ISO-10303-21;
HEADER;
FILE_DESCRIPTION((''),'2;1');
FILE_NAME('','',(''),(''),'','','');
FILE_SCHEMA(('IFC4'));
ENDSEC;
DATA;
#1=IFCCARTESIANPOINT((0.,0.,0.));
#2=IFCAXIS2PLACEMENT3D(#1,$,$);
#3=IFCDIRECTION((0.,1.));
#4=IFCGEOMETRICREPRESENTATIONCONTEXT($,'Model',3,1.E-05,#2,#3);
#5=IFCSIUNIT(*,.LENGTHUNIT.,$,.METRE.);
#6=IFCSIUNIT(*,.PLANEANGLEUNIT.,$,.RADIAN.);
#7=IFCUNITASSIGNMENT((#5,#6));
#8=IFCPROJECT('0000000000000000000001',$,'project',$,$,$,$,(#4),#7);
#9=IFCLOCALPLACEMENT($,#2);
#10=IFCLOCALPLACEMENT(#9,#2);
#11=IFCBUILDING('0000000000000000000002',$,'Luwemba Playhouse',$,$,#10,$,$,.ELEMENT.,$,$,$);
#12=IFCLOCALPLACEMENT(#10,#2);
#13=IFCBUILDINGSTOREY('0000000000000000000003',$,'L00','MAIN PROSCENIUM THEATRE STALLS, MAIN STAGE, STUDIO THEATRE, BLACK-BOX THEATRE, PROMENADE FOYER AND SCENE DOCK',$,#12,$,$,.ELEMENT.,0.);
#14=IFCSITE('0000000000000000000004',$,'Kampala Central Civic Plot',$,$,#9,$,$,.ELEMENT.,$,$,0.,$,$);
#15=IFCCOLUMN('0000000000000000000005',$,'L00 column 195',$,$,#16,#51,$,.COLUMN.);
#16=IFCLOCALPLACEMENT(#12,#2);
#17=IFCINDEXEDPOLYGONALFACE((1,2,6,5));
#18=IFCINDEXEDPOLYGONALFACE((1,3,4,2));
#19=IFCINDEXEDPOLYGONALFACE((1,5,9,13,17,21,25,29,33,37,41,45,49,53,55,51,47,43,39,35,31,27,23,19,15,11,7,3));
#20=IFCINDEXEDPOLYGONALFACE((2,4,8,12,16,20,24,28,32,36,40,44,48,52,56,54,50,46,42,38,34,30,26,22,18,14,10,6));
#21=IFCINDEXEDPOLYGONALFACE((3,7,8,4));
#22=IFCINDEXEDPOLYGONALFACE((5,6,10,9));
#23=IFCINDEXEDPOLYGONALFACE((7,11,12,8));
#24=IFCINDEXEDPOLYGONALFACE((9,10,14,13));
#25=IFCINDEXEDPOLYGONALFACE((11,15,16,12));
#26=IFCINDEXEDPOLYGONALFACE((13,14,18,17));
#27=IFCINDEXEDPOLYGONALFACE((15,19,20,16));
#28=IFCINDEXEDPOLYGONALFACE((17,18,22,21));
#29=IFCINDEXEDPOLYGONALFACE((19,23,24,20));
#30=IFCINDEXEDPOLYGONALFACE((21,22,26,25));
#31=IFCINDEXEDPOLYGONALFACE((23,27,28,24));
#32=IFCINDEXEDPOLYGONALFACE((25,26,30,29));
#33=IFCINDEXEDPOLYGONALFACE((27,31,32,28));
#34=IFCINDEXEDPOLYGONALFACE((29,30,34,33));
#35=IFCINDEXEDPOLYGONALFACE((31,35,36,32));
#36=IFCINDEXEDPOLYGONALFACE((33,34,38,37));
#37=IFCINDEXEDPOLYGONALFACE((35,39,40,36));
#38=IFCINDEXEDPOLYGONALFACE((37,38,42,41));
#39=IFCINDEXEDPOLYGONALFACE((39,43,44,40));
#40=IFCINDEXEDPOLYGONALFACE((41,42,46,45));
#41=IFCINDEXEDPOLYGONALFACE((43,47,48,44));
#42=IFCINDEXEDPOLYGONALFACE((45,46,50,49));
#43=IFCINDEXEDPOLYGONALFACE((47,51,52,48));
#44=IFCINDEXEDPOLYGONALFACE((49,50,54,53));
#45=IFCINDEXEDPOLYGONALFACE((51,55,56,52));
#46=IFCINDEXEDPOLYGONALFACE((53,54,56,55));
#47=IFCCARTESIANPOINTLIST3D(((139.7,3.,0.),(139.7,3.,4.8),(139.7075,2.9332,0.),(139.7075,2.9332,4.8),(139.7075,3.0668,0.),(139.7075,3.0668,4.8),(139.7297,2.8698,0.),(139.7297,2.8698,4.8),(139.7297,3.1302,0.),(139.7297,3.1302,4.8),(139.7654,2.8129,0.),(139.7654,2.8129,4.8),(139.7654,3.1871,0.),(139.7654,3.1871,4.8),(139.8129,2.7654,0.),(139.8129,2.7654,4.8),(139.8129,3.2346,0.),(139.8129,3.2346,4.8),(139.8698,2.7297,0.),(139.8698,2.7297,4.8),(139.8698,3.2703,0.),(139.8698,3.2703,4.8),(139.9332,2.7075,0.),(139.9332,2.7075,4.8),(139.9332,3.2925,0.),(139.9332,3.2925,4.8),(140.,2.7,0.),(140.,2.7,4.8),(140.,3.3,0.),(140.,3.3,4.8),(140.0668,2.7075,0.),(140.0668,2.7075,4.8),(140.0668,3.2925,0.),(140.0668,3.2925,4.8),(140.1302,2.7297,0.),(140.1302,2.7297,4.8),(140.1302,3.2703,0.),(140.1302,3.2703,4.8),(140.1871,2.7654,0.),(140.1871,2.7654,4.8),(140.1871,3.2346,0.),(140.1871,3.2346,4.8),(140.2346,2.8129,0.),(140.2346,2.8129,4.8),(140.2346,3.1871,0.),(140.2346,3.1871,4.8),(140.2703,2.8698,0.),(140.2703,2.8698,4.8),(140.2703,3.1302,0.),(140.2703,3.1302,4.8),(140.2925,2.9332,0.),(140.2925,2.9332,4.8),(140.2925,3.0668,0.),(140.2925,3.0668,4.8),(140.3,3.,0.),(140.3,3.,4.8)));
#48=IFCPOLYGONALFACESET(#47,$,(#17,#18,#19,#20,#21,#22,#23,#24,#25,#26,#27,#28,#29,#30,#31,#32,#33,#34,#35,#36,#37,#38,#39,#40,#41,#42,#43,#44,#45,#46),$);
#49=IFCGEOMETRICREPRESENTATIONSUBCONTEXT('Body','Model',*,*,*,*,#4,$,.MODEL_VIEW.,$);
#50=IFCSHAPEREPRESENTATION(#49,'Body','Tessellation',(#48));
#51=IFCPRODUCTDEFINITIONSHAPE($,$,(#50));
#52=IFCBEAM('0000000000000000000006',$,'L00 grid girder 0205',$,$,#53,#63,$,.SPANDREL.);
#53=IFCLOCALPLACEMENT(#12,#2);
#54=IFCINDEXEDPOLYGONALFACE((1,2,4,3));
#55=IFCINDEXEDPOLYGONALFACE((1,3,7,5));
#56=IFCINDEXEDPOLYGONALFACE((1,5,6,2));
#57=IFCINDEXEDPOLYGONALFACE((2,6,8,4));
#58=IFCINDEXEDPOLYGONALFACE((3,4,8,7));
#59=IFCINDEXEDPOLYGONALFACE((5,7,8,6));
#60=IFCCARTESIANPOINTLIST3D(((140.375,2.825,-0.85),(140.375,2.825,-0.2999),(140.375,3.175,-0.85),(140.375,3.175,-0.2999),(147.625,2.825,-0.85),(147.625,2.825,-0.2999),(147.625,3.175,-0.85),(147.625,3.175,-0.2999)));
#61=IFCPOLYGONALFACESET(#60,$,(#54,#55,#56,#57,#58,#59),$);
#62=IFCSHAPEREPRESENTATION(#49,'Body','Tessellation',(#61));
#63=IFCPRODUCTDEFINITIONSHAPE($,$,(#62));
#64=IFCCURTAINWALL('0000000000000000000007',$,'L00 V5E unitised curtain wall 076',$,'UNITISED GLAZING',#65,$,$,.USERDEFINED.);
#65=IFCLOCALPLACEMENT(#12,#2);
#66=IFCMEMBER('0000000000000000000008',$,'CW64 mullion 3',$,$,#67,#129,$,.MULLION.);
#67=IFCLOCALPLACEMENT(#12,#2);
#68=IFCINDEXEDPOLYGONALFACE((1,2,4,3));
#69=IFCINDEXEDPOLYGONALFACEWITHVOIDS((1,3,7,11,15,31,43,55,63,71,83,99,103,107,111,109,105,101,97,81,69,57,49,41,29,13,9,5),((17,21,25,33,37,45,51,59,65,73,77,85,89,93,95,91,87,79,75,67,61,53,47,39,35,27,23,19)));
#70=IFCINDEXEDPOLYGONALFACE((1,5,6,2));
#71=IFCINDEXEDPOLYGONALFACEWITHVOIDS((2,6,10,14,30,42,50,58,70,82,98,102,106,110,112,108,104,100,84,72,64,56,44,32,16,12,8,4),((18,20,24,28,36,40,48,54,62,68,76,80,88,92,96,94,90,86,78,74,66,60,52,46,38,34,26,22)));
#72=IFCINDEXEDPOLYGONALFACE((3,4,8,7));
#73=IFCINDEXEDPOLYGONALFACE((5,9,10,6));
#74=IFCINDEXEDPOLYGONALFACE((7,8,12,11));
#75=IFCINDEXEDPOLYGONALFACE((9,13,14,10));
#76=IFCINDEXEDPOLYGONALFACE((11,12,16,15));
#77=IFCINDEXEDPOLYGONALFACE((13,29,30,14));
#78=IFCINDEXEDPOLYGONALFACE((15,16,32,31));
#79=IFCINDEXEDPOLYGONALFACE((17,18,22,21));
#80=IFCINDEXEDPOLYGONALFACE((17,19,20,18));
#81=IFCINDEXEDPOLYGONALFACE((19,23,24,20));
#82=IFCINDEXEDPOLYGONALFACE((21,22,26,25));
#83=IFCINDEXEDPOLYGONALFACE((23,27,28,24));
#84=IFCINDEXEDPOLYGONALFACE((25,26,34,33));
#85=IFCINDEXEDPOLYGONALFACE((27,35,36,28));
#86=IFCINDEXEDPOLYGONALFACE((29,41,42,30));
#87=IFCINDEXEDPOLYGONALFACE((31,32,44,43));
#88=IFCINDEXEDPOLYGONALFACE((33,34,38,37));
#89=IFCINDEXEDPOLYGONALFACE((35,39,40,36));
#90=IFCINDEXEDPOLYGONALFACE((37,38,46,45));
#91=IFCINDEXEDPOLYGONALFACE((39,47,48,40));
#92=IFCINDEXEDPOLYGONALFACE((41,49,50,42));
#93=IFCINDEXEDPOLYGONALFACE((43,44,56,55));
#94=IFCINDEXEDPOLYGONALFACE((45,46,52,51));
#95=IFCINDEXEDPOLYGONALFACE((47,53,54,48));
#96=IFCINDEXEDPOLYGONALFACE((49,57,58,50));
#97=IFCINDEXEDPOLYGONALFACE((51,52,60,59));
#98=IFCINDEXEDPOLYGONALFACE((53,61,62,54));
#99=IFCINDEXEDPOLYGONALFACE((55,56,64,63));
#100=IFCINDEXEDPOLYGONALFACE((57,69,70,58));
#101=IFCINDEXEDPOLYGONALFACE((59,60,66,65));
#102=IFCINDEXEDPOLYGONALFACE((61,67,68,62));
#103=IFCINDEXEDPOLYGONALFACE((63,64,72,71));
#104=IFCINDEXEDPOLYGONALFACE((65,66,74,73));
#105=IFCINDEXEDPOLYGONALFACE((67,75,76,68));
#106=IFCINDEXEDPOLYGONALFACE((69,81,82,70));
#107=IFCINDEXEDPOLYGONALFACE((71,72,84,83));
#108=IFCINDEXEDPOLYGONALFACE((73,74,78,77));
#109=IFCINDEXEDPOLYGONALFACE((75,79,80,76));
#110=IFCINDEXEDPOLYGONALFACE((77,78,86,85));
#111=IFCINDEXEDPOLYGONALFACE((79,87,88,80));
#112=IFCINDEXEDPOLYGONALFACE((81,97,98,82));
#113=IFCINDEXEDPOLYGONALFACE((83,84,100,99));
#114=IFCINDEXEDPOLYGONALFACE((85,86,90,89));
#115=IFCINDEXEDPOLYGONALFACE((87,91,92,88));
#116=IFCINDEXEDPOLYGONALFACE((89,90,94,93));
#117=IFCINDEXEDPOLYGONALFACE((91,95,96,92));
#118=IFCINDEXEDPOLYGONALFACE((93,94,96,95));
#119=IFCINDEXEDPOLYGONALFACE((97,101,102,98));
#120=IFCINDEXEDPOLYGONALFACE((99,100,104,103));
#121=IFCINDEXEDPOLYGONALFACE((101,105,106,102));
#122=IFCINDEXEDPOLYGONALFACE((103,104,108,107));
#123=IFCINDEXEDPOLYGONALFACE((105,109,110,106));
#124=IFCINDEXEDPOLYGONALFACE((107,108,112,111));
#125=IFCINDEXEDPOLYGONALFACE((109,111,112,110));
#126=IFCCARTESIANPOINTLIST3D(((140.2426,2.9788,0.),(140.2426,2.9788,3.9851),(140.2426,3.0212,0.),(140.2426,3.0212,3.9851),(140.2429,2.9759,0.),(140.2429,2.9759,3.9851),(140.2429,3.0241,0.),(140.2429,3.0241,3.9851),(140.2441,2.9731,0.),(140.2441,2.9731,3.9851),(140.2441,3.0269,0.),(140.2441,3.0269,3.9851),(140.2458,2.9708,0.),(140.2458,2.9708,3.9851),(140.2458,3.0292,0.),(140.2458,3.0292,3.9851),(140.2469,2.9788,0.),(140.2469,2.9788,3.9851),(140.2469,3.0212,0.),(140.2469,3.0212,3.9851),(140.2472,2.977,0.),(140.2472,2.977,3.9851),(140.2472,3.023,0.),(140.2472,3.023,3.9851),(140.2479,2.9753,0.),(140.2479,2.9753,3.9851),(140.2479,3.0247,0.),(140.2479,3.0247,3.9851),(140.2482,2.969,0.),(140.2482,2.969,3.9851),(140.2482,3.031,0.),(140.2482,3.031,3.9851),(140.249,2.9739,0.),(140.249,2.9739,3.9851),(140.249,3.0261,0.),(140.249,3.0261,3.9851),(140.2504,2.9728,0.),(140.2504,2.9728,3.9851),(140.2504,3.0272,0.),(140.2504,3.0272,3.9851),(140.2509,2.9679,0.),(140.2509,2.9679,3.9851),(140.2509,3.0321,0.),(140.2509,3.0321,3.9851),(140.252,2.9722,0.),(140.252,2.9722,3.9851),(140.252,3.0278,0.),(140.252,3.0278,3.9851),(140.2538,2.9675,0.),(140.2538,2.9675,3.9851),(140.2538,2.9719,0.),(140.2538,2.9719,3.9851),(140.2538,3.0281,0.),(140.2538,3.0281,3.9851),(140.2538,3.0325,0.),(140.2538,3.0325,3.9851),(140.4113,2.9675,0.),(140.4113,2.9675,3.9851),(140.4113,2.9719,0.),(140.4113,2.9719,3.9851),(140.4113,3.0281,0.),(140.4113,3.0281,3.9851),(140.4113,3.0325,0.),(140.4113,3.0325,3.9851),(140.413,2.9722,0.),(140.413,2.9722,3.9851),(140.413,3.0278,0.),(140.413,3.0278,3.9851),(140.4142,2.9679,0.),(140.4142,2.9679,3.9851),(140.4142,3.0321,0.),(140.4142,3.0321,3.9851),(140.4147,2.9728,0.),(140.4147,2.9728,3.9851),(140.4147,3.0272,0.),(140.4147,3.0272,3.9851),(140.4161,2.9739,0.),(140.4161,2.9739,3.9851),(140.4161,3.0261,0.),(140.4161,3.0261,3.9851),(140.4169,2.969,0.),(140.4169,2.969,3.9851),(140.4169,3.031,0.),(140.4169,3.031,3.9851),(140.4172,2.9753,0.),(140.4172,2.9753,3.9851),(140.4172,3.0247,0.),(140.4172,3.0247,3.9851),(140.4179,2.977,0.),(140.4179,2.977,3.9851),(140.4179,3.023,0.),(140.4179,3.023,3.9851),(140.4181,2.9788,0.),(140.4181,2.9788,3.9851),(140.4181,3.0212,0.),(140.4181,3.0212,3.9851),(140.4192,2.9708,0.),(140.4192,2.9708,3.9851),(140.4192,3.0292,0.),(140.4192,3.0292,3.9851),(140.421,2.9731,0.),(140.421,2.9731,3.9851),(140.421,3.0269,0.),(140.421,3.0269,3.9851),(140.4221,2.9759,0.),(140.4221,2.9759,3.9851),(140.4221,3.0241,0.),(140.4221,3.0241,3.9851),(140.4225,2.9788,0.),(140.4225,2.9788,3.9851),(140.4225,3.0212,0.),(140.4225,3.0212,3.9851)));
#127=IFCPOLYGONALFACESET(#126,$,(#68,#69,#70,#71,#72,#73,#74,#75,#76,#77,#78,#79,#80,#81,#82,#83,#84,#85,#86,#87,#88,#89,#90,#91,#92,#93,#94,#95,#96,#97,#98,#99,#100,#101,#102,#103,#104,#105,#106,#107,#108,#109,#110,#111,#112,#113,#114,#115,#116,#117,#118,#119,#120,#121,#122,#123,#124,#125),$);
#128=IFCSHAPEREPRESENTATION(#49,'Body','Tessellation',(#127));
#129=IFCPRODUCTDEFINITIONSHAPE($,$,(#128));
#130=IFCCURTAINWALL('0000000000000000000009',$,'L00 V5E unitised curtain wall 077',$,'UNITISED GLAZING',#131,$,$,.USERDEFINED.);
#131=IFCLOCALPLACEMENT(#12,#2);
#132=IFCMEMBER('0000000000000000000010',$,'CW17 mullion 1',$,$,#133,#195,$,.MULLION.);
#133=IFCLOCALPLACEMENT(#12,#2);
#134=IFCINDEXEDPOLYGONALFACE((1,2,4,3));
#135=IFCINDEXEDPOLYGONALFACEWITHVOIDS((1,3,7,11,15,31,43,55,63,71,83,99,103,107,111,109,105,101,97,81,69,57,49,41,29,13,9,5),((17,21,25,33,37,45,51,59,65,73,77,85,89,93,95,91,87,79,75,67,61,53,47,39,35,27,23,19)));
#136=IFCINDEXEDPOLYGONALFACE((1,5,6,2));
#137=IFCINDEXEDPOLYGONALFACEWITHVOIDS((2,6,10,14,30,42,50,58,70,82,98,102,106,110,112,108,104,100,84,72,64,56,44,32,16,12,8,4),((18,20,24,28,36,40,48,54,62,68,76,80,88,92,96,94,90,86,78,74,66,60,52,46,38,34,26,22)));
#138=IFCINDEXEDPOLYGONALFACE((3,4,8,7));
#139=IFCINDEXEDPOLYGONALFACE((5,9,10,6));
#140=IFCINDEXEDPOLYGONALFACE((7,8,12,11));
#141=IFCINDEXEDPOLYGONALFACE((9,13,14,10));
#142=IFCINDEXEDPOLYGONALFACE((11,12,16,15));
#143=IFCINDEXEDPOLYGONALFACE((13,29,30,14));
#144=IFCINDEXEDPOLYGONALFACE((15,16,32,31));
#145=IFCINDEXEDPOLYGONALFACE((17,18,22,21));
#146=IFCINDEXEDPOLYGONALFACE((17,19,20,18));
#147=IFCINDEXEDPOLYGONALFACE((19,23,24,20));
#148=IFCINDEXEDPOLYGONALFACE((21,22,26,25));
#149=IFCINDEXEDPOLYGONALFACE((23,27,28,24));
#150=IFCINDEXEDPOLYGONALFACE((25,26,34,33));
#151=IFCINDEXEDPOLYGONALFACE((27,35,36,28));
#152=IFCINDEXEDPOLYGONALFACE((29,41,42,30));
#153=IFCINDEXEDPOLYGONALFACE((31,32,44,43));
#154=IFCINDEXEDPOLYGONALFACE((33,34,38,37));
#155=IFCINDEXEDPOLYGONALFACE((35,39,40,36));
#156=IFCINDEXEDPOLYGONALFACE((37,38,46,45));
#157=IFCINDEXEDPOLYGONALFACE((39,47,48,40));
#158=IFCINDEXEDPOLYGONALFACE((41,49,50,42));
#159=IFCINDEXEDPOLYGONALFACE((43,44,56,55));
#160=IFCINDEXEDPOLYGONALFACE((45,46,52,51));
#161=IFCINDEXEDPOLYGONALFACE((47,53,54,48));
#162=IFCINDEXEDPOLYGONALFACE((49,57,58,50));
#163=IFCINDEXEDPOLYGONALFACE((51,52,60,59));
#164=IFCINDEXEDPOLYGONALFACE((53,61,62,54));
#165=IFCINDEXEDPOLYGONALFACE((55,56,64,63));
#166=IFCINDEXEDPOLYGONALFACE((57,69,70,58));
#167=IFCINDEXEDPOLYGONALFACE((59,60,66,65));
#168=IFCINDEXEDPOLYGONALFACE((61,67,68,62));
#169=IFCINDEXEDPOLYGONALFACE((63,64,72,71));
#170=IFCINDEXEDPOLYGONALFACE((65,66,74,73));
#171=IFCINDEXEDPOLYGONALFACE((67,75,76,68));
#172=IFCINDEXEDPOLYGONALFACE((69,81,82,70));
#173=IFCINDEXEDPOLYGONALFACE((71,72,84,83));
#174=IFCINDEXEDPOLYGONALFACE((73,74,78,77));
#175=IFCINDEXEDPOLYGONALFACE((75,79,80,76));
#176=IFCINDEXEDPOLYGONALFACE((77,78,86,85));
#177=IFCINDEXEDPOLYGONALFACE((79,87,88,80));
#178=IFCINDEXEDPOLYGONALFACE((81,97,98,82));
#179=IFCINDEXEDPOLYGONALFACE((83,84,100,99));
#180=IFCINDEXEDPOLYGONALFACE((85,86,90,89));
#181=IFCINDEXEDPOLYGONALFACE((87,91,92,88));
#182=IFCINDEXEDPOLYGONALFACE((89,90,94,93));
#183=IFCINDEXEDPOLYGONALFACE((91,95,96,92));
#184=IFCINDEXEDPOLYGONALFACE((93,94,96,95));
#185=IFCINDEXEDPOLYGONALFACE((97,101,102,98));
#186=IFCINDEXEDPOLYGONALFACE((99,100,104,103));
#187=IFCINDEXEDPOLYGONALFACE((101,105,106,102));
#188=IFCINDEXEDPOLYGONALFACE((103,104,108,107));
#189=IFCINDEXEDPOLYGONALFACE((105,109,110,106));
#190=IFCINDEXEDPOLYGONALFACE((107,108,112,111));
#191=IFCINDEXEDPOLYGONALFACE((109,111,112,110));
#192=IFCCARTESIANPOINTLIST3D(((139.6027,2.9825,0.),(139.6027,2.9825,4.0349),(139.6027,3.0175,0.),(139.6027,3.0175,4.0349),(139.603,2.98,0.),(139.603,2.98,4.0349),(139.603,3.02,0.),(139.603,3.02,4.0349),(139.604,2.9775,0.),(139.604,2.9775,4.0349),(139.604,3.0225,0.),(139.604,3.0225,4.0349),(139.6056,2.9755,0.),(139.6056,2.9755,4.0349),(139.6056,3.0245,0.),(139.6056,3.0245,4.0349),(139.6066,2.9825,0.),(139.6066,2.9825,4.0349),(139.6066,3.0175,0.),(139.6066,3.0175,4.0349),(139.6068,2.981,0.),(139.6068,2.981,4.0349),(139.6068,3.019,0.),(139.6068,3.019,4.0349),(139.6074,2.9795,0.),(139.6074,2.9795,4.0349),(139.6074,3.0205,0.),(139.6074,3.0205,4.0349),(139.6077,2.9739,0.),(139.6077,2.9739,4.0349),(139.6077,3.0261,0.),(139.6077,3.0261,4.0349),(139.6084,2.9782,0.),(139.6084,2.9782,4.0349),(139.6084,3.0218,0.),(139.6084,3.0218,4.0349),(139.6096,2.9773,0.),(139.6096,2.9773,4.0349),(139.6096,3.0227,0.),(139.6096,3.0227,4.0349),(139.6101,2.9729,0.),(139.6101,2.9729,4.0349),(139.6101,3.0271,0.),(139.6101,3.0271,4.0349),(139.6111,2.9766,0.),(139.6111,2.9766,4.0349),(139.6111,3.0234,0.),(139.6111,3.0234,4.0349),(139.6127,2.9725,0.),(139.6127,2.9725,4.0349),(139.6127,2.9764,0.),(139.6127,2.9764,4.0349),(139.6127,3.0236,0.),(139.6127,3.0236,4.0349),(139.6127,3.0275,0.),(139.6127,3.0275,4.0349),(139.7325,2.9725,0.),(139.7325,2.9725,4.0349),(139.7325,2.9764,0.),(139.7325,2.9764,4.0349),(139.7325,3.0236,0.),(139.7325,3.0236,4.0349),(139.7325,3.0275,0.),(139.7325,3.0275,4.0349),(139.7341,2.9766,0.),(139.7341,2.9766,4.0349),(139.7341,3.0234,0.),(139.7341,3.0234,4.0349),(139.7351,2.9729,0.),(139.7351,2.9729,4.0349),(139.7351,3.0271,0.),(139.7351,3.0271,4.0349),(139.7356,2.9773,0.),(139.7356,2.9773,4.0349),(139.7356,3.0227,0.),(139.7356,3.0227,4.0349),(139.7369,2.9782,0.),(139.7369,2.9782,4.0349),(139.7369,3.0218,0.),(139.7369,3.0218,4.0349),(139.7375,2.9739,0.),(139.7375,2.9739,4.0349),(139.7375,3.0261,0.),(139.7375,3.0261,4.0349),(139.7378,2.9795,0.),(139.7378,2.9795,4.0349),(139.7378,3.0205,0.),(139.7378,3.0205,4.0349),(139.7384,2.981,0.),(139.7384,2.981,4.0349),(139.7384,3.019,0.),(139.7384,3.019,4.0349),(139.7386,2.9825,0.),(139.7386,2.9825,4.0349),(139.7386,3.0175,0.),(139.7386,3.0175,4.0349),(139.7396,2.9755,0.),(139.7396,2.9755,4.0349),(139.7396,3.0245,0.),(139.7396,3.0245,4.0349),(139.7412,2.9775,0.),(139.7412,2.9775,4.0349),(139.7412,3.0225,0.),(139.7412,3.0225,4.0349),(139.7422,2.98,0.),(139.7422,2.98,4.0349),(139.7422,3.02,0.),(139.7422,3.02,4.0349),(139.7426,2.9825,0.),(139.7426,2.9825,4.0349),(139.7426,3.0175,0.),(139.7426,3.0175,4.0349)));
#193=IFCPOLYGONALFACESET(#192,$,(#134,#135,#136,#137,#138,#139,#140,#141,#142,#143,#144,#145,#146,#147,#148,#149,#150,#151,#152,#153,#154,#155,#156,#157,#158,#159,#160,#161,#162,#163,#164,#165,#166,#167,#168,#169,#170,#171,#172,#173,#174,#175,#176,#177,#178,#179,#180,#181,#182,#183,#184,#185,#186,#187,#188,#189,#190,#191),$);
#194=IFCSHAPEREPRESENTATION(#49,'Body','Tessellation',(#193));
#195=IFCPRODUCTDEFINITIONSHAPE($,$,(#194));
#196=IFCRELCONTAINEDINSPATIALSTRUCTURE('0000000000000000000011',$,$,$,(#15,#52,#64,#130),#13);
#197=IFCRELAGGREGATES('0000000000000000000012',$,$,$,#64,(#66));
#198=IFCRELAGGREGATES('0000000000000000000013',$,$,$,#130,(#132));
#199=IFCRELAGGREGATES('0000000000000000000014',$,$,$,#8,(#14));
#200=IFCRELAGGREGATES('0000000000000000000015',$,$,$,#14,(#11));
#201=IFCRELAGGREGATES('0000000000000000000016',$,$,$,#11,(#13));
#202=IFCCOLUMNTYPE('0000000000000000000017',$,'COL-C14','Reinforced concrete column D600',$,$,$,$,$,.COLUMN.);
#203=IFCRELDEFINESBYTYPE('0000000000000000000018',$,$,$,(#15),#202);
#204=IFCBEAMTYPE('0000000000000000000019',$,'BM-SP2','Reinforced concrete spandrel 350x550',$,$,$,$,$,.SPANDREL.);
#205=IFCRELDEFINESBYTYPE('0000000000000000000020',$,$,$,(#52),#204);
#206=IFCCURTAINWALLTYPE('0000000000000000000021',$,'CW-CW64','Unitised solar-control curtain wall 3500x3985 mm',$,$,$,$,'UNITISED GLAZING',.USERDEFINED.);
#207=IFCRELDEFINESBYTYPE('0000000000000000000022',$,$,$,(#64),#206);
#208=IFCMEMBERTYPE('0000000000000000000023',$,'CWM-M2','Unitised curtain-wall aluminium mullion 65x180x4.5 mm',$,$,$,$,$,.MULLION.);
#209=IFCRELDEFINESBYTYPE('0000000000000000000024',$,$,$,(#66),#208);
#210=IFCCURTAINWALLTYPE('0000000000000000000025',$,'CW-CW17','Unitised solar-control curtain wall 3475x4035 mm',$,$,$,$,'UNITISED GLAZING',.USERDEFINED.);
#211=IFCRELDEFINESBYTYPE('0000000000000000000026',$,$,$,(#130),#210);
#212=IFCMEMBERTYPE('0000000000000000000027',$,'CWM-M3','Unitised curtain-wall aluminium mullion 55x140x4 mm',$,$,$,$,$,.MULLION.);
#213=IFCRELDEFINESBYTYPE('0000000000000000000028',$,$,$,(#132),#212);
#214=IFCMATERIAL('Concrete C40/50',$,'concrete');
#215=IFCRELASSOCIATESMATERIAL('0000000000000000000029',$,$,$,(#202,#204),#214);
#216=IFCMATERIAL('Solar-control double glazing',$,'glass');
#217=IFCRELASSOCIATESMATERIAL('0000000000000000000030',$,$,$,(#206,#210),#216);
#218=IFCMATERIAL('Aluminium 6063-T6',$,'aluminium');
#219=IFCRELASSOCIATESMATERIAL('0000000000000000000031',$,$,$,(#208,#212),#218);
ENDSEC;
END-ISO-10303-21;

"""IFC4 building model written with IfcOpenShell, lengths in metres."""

from ifc_helpers import new_model, si_unit, direction, frame, origin, origin_2d, place, context, subcontext, project, spatial, rectangle, hollow_rectangle, circle, extrude, material, material_profile, profile_set, type_object, element, aggregate, save


model = new_model("IFC4")

# Units and contexts
model_context = context("Model", 3, precision=1e-05, world=origin(), true_north=direction((0.0, 1.0)))
body_context = subcontext(model_context, "Body", "Model", "MODEL_VIEW")
ifc_project = project(units=[si_unit("LENGTHUNIT", "METRE"), si_unit("PLANEANGLEUNIT", "RADIAN")], contexts=[model_context])

# Site, building, storey
site_placement = place(None, origin())
site = spatial("IfcSite", under=ifc_project, at=site_placement, Name="Kampala Central Civic Plot", CompositionType="ELEMENT", RefElevation=0.0)
building_placement = place(site_placement, origin())
building = spatial("IfcBuilding", under=site, at=building_placement, Name="Luwemba Playhouse", CompositionType="ELEMENT")
storey_placement = place(building_placement, origin())
storey = spatial("IfcBuildingStorey", under=building, at=storey_placement, Name="L00", Description="MAIN PROSCENIUM THEATRE STALLS, MAIN STAGE, STUDIO THEATRE, BLACK-BOX THEATRE, PROMENADE FOYER AND SCENE DOCK", CompositionType="ELEMENT", Elevation=0.0)

# Column
ifc_material_1 = material(Name="Concrete C40/50", Category="concrete")
ifc_material_profile_1 = material_profile(ifc_material_1, circle(Radius=0.3, at=origin_2d()))
ifc_profile_set_1 = profile_set([ifc_material_profile_1], Name="Concrete C40/50")
column_type = type_object("IfcColumnType", Name="COL-C14", Description="Reinforced concrete column D600", PredefinedType="COLUMN", material=ifc_profile_set_1)
column_placement = place(storey_placement, frame((140.0, 3.0, 0.0), z_axis=(0.0, 0.0, 1.0), x_axis=(1.0, 0.0, 0.0)))
element("IfcColumn", 1, at=column_placement, inside=storey, type_object=column_type, Name="L00 column 195", PredefinedType="COLUMN", context=body_context, shape_type="SweptSolid", body=[
    extrude(circle(Radius=0.3, at=origin_2d()), origin(), (0.0, 0.0, 1.0), 4.8),
])

# Beam
ifc_material_profile_2 = material_profile(ifc_material_1, rectangle(XDim=0.3501, YDim=0.55, at=origin_2d()))
ifc_profile_set_2 = profile_set([ifc_material_profile_2], Name="Concrete C40/50")
beam_type = type_object("IfcBeamType", Name="BM-SP2", Description="Reinforced concrete spandrel 350x550", PredefinedType="SPANDREL", material=ifc_profile_set_2)
beam_placement = place(storey_placement, frame((140.375, 3.0, -0.575), z_axis=(1.0, 0.0, 0.0), x_axis=(0.0, 1.0, 0.0)))
element("IfcBeam", 2, at=beam_placement, inside=storey, type_object=beam_type, Name="L00 grid girder 0205", PredefinedType="SPANDREL", context=body_context, shape_type="SweptSolid", body=[
    extrude(rectangle(XDim=0.3501, YDim=0.55, at=origin_2d()), origin(), (0.0, 0.0, 1.0), 7.25),
])

# Curtain wall, member
ifc_material_2 = material(Name="Solar-control double glazing", Category="glass")
curtain_wall_type_1 = type_object("IfcCurtainWallType", Name="CW-CW64", Description="Unitised solar-control curtain wall 3500x3985 mm", ElementType="UNITISED GLAZING", PredefinedType="USERDEFINED", material=ifc_material_2)
curtain_wall_1_placement = place(storey_placement, origin())
curtain_wall_1 = element("IfcCurtainWall", 3, at=curtain_wall_1_placement, inside=storey, type_object=curtain_wall_type_1, Name="L00 V5E unitised curtain wall 076", ObjectType="UNITISED GLAZING", PredefinedType="USERDEFINED")
ifc_material_3 = material(Name="Aluminium 6063-T6", Category="aluminium")
ifc_material_profile_3 = material_profile(ifc_material_3, hollow_rectangle(XDim=0.0649, YDim=0.1799, WallThickness=0.0044, InnerFilletRadius=0.0068, OuterFilletRadius=0.0112, at=origin_2d()))
ifc_profile_set_3 = profile_set([ifc_material_profile_3], Name="Aluminium 6063-T6")
member_type_1 = type_object("IfcMemberType", Name="CWM-M2", Description="Unitised curtain-wall aluminium mullion 65x180x4.5 mm", PredefinedType="MULLION", material=ifc_profile_set_3)
member_1_placement = place(storey_placement, frame((140.3325, 3.0, 0.0), z_axis=(0.0, 0.0, 1.0), x_axis=(0.0, -1.0, 0.0)))
member_1 = element("IfcMember", 4, at=member_1_placement, type_object=member_type_1, Name="CW64 mullion 3", PredefinedType="MULLION", context=body_context, shape_type="SweptSolid", body=[
    extrude(hollow_rectangle(XDim=0.0649, YDim=0.1799, WallThickness=0.0044, InnerFilletRadius=0.0068, OuterFilletRadius=0.0112, at=origin_2d()), origin(), (0.0, 0.0, 1.0), 3.9851),
])

# Curtain wall, member
curtain_wall_type_2 = type_object("IfcCurtainWallType", Name="CW-CW17", Description="Unitised solar-control curtain wall 3475x4035 mm", ElementType="UNITISED GLAZING", PredefinedType="USERDEFINED", material=ifc_material_2)
curtain_wall_2_placement = place(storey_placement, origin())
curtain_wall_2 = element("IfcCurtainWall", 5, at=curtain_wall_2_placement, inside=storey, type_object=curtain_wall_type_2, Name="L00 V5E unitised curtain wall 077", ObjectType="UNITISED GLAZING", PredefinedType="USERDEFINED")
ifc_material_profile_4 = material_profile(ifc_material_3, hollow_rectangle(XDim=0.0549, YDim=0.1399, WallThickness=0.0039, InnerFilletRadius=0.0061, OuterFilletRadius=0.01, at=origin_2d()))
ifc_profile_set_4 = profile_set([ifc_material_profile_4], Name="Aluminium 6063-T6")
member_type_2 = type_object("IfcMemberType", Name="CWM-M3", Description="Unitised curtain-wall aluminium mullion 55x140x4 mm", PredefinedType="MULLION", material=ifc_profile_set_4)
member_2_placement = place(storey_placement, frame((139.6726, 3.0, 0.0), z_axis=(0.0, 0.0, 1.0), x_axis=(0.0, -1.0, 0.0)))
member_2 = element("IfcMember", 6, at=member_2_placement, type_object=member_type_2, Name="CW17 mullion 1", PredefinedType="MULLION", context=body_context, shape_type="SweptSolid", body=[
    extrude(hollow_rectangle(XDim=0.0549, YDim=0.1399, WallThickness=0.0039, InnerFilletRadius=0.0061, OuterFilletRadius=0.01, at=origin_2d()), origin(), (0.0, 0.0, 1.0), 4.0349),
])

aggregate(curtain_wall_1, [member_1])
aggregate(curtain_wall_2, [member_2])

save(model, "model.ifc")
